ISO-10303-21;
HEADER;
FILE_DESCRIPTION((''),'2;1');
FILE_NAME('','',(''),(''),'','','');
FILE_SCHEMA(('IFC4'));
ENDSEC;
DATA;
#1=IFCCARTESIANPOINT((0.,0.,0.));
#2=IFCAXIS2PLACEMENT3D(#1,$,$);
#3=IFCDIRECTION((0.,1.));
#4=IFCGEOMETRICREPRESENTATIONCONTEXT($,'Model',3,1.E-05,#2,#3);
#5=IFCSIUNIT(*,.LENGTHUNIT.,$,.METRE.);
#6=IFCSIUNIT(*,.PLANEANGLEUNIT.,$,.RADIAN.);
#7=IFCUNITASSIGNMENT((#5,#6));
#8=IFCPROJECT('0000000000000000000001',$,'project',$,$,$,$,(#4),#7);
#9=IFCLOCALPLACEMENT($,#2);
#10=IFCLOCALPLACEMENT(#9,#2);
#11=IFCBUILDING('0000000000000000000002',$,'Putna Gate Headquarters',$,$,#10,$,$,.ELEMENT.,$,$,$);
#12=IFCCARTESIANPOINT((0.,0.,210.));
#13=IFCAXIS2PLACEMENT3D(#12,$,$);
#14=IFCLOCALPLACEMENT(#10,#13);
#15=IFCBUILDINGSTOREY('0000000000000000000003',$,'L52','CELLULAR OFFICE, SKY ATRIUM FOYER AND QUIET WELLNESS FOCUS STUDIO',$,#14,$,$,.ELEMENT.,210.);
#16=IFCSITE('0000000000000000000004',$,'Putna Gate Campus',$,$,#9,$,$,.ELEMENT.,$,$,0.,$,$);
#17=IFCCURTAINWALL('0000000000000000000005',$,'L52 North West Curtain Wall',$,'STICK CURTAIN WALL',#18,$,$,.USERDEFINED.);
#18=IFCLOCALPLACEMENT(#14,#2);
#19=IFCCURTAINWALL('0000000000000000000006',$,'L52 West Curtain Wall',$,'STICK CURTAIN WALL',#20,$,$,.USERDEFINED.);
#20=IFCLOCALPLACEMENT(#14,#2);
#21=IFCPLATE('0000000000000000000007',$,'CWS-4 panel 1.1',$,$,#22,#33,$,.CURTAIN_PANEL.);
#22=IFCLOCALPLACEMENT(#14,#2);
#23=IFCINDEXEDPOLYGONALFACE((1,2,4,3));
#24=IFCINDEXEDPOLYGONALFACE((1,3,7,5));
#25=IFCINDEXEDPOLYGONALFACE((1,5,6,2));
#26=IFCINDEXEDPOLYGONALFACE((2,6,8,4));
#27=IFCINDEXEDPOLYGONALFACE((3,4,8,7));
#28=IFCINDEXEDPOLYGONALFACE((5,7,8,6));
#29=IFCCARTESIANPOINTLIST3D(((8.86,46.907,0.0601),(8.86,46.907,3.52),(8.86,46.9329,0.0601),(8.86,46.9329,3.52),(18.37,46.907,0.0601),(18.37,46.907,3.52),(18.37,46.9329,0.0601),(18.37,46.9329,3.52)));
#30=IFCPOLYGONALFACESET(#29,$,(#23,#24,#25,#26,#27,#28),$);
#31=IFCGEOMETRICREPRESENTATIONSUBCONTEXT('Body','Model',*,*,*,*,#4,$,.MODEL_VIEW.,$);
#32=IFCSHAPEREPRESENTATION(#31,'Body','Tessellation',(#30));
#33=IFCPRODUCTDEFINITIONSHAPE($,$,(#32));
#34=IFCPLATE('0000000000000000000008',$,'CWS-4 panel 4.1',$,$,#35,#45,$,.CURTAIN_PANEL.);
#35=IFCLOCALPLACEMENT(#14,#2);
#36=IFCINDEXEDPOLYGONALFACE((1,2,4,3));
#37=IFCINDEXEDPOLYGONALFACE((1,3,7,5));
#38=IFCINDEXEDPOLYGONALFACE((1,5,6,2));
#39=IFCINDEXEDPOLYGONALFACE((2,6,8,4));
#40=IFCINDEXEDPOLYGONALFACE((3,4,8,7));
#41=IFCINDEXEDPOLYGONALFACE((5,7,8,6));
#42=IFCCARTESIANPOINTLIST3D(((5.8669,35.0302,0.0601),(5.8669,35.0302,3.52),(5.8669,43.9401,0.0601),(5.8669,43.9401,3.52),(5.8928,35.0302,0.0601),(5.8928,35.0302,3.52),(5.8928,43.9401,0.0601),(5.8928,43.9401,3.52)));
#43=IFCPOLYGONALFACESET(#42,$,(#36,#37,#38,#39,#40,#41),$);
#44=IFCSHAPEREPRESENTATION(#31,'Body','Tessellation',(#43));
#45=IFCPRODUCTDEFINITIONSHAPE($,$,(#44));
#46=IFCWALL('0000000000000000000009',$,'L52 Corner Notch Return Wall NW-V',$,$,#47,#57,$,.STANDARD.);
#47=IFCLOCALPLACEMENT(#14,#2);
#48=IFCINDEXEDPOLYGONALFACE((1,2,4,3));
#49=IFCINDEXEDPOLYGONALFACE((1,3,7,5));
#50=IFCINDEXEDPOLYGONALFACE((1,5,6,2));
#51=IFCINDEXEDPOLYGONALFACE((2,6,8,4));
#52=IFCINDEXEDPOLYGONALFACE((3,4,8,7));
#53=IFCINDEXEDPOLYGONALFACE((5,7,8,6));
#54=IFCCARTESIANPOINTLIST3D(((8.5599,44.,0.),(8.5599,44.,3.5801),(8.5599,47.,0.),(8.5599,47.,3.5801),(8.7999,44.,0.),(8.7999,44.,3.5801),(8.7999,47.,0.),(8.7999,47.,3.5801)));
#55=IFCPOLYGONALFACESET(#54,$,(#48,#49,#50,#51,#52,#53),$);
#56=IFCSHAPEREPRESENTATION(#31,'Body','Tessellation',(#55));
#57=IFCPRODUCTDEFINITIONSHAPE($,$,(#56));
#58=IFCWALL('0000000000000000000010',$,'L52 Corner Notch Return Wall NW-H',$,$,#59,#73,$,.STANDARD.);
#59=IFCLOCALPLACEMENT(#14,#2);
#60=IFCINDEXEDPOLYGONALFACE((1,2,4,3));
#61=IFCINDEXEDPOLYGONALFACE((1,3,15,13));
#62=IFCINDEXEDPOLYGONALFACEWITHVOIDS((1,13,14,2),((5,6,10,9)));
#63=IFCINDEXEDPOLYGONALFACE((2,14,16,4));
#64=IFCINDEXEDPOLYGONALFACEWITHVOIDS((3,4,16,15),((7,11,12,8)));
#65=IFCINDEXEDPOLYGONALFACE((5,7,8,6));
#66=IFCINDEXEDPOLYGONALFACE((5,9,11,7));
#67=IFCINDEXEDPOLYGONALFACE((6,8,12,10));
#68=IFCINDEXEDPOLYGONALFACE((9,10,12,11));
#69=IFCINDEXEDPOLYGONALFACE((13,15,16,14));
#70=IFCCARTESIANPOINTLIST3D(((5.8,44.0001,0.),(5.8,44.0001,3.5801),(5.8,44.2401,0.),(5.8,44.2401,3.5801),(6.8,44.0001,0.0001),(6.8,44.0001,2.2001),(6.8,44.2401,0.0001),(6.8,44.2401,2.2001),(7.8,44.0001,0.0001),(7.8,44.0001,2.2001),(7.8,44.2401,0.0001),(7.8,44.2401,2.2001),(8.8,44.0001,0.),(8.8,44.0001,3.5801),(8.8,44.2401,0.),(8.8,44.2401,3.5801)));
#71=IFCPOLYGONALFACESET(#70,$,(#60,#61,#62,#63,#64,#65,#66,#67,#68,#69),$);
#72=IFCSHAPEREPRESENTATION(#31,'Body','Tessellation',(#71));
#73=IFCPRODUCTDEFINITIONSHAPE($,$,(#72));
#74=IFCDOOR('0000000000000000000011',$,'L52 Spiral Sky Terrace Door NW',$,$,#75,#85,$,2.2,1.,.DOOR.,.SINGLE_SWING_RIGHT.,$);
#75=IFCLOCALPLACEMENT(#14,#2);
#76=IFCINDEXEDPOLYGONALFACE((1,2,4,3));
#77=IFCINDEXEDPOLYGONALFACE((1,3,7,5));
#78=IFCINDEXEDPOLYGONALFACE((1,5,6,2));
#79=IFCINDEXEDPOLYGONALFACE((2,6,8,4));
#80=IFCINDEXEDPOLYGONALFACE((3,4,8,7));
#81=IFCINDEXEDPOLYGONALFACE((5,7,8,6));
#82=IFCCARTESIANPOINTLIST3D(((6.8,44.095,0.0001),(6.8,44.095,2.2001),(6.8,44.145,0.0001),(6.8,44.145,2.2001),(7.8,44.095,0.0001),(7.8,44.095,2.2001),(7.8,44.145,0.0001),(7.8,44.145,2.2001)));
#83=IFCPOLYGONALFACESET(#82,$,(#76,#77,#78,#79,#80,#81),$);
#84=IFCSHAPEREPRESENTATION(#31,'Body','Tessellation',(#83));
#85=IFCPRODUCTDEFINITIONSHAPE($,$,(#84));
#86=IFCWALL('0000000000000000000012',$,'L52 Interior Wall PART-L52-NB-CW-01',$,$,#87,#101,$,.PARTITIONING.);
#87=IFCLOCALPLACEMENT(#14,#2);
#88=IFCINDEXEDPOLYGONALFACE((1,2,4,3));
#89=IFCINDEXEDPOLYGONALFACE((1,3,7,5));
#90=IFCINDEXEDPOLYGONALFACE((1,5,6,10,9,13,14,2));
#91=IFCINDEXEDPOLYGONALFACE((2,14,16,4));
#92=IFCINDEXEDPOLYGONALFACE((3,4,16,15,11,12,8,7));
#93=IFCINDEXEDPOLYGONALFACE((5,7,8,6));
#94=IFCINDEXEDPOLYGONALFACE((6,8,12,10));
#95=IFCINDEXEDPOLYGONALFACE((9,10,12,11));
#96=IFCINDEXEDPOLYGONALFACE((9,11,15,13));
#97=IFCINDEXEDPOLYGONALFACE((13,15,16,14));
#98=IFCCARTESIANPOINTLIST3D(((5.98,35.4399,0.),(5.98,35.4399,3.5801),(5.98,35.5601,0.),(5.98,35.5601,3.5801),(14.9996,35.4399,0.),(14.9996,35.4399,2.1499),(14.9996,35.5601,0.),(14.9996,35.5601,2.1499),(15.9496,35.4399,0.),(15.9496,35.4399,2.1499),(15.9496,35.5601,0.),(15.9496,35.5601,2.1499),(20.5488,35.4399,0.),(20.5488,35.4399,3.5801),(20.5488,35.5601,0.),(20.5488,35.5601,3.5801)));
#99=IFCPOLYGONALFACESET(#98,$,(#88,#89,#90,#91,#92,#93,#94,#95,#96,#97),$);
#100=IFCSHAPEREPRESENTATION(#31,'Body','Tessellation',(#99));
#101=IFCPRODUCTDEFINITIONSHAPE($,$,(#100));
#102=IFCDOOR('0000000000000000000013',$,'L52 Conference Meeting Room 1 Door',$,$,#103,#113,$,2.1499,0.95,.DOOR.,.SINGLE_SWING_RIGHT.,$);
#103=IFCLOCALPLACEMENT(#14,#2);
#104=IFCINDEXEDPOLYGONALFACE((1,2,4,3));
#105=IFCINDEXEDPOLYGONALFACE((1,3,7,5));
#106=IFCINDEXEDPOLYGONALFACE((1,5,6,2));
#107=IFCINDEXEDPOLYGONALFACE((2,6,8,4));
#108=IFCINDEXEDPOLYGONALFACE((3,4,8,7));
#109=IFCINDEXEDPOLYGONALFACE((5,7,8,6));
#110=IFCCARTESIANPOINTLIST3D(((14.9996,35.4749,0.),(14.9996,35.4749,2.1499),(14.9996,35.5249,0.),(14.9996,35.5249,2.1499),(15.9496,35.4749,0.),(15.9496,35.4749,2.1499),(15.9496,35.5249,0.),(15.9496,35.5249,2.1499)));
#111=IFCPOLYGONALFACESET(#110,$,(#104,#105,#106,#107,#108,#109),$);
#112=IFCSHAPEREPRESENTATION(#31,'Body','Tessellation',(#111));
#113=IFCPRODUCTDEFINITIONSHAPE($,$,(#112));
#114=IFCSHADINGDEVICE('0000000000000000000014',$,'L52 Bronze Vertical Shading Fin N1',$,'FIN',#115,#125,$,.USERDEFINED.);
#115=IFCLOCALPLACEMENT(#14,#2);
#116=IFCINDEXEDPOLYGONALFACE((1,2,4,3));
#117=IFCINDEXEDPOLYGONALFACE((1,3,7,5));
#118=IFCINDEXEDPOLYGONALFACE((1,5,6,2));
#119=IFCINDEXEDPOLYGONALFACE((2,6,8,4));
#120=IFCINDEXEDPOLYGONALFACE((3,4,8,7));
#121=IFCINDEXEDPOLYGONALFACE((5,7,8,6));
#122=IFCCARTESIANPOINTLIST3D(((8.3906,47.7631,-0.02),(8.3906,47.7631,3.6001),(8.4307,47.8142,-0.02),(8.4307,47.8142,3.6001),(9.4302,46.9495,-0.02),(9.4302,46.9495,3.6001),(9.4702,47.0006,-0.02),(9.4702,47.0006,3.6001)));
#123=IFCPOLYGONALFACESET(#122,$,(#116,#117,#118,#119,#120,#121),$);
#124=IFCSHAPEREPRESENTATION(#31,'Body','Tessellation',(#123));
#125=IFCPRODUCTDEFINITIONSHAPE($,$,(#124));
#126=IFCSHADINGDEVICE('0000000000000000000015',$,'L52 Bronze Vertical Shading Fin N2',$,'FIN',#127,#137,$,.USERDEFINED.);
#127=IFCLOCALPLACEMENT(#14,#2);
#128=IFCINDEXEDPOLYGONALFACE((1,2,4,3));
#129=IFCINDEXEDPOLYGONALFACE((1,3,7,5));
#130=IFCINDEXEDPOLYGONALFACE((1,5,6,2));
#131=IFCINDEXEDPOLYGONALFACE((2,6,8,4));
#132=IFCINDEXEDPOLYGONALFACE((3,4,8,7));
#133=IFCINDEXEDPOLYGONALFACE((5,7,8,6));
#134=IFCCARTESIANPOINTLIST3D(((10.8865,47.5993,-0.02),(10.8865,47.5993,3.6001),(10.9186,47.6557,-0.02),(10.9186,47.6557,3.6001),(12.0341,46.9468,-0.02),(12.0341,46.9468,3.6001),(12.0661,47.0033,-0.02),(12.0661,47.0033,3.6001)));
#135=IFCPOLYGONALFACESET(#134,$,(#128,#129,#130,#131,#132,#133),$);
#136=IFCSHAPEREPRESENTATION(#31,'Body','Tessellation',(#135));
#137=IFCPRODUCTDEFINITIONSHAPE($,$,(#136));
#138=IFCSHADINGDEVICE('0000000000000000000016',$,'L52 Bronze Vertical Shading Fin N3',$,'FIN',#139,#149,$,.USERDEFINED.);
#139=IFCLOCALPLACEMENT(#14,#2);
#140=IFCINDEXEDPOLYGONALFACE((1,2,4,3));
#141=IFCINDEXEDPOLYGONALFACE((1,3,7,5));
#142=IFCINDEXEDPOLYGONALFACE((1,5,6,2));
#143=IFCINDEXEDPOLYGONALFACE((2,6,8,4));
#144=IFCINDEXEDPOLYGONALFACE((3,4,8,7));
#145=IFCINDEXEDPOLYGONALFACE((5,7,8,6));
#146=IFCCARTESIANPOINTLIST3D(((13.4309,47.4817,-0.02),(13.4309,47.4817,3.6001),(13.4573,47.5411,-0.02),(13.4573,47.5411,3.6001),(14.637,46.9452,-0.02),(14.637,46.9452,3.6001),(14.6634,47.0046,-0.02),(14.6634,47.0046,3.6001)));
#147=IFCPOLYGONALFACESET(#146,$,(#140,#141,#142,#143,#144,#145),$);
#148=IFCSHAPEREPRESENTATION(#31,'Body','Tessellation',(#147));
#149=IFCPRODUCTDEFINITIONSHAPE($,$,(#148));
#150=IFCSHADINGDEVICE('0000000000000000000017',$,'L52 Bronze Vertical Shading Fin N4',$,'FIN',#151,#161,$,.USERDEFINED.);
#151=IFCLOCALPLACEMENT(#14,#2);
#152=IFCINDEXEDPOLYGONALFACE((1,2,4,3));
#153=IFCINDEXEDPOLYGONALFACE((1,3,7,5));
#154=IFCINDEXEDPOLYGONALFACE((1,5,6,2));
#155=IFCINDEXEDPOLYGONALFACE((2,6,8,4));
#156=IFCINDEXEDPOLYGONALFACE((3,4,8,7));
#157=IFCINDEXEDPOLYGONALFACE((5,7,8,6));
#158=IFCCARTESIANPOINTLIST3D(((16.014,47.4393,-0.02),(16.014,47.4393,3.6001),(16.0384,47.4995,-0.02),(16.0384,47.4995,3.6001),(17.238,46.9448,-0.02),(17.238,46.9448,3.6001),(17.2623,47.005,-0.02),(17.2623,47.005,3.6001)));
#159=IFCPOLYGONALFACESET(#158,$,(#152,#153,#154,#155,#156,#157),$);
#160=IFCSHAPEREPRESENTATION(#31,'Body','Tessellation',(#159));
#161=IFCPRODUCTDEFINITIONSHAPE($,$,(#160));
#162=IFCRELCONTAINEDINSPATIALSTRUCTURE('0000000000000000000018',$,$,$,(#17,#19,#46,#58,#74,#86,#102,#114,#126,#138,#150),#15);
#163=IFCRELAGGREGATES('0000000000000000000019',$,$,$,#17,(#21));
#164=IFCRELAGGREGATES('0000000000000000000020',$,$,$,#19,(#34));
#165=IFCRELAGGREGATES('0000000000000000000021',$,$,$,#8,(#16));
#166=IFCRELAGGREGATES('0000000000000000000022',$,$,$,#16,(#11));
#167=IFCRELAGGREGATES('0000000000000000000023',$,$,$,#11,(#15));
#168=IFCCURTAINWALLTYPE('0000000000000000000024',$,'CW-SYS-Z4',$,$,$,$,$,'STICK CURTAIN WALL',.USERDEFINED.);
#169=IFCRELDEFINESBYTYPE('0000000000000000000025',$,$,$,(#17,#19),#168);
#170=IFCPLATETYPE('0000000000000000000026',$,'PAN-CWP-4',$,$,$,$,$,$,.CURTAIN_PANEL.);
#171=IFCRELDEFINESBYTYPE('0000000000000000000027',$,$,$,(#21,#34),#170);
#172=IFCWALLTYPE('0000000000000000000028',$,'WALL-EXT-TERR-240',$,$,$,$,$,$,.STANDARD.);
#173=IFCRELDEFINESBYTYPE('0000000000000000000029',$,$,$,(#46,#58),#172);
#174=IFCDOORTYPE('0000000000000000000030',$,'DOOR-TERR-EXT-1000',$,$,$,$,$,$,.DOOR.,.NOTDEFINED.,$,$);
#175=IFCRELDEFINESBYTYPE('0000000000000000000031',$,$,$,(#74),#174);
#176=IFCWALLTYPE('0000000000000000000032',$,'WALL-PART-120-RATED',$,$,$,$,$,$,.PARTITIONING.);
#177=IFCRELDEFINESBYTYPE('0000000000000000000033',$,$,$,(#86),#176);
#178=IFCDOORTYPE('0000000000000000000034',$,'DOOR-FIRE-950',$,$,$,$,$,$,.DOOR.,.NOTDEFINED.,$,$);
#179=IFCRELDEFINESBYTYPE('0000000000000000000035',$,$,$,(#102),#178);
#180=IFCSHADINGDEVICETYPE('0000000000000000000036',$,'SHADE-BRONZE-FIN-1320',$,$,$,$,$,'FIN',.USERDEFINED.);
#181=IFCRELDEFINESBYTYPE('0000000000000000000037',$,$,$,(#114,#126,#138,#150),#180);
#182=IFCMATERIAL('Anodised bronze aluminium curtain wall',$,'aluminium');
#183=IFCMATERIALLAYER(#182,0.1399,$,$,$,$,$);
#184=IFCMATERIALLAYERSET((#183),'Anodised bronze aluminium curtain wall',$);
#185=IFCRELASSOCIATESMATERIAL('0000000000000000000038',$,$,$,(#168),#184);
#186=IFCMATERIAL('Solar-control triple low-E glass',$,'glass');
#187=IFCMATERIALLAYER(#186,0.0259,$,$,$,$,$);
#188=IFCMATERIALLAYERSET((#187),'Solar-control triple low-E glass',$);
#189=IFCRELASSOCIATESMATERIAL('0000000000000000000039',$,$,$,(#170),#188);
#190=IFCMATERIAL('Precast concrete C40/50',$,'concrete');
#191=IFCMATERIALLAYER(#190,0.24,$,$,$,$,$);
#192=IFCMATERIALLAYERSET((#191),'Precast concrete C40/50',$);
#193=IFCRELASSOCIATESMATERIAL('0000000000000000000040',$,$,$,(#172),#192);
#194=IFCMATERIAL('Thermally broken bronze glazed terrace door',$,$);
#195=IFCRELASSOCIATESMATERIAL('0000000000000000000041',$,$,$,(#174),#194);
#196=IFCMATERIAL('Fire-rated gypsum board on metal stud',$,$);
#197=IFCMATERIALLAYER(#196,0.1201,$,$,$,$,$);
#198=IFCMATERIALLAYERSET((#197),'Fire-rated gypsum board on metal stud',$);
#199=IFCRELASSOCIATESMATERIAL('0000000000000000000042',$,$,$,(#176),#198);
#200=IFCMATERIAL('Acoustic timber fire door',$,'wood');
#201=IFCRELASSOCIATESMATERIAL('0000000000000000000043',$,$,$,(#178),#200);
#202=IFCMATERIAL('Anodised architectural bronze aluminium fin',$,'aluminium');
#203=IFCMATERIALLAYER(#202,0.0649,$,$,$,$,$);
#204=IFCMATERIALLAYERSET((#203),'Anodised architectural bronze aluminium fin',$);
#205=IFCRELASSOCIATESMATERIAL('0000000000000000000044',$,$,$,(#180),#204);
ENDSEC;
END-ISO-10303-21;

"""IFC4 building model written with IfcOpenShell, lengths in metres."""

from ifc_helpers import new_model, si_unit, direction, frame, frame_2d, origin, origin_2d, place, context, subcontext, project, spatial, rectangle, extrude, material, layer, layer_set, type_object, element, fill, aggregate, save


model = new_model("IFC4")

# Units and contexts
model_context = context("Model", 3, precision=1e-05, world=origin(), true_north=direction((0.0, 1.0)))
body_context = subcontext(model_context, "Body", "Model", "MODEL_VIEW")
ifc_project = project(units=[si_unit("LENGTHUNIT", "METRE"), si_unit("PLANEANGLEUNIT", "RADIAN")], contexts=[model_context])

# Site, building, storey
site_placement = place(None, origin())
site = spatial("IfcSite", under=ifc_project, at=site_placement, Name="Putna Gate Campus", CompositionType="ELEMENT", RefElevation=0.0)
building_placement = place(site_placement, origin())
building = spatial("IfcBuilding", under=site, at=building_placement, Name="Putna Gate Headquarters", CompositionType="ELEMENT")
storey_placement = place(building_placement, frame((0.0, 0.0, 210.0)))
storey = spatial("IfcBuildingStorey", under=building, at=storey_placement, Name="L52", Description="CELLULAR OFFICE, SKY ATRIUM FOYER AND QUIET WELLNESS FOCUS STUDIO", CompositionType="ELEMENT", Elevation=210.0)

# Curtain wall
ifc_material_1 = material(Name="Anodised bronze aluminium curtain wall", Category="aluminium")
ifc_layer_1 = layer(ifc_material_1, 0.1399)
ifc_layer_set_1 = layer_set([ifc_layer_1], Name="Anodised bronze aluminium curtain wall")
curtain_wall_type = type_object("IfcCurtainWallType", Name="CW-SYS-Z4", ElementType="STICK CURTAIN WALL", PredefinedType="USERDEFINED", material=ifc_layer_set_1)
curtain_wall_1_placement = place(storey_placement, origin())
curtain_wall_1 = element("IfcCurtainWall", 1, at=curtain_wall_1_placement, inside=storey, type_object=curtain_wall_type, Name="L52 North West Curtain Wall", ObjectType="STICK CURTAIN WALL", PredefinedType="USERDEFINED")

# Curtain wall
curtain_wall_2_placement = place(storey_placement, origin())
curtain_wall_2 = element("IfcCurtainWall", 2, at=curtain_wall_2_placement, inside=storey, type_object=curtain_wall_type, Name="L52 West Curtain Wall", ObjectType="STICK CURTAIN WALL", PredefinedType="USERDEFINED")

# Plates
ifc_material_2 = material(Name="Solar-control triple low-E glass", Category="glass")
ifc_layer_2 = layer(ifc_material_2, 0.0259)
ifc_layer_set_2 = layer_set([ifc_layer_2], Name="Solar-control triple low-E glass")
plate_type = type_object("IfcPlateType", Name="PAN-CWP-4", PredefinedType="CURTAIN_PANEL", material=ifc_layer_set_2)
plate_1_placement = place(storey_placement, frame((13.615, 46.9199, 0.0601), z_axis=(0.0, 0.0, 1.0), x_axis=(1.0, 0.0, 0.0)))
plate_1 = element("IfcPlate", 3, at=plate_1_placement, type_object=plate_type, Name="CWS-4 panel 1.1", PredefinedType="CURTAIN_PANEL", context=body_context, shape_type="SweptSolid", body=[
    extrude(rectangle(XDim=9.51, YDim=0.0259, at=origin_2d()), origin(), (0.0, 0.0, 1.0), 3.46),
])
aggregate(curtain_wall_1, [plate_1])
plate_2_placement = place(storey_placement, frame((5.8799, 39.4851, 0.0601), z_axis=(0.0, 0.0, 1.0), x_axis=(0.0, 1.0, 0.0)))
plate_2 = element("IfcPlate", 4, at=plate_2_placement, type_object=plate_type, Name="CWS-4 panel 4.1", PredefinedType="CURTAIN_PANEL", context=body_context, shape_type="SweptSolid", body=[
    extrude(rectangle(XDim=8.9099, YDim=0.0259, at=origin_2d()), origin(), (0.0, 0.0, 1.0), 3.46),
])
aggregate(curtain_wall_2, [plate_2])

# Wall
ifc_material_3 = material(Name="Precast concrete C40/50", Category="concrete")
ifc_layer_3 = layer(ifc_material_3, 0.24)
ifc_layer_set_3 = layer_set([ifc_layer_3], Name="Precast concrete C40/50")
wall_type_1 = type_object("IfcWallType", Name="WALL-EXT-TERR-240", PredefinedType="STANDARD", material=ifc_layer_set_3)
wall_1_placement = place(storey_placement, frame((8.6799, 44.0, 0.0), z_axis=(0.0, 0.0, 1.0), x_axis=(0.0, 1.0, 0.0)))
element("IfcWall", 5, at=wall_1_placement, inside=storey, type_object=wall_type_1, Name="L52 Corner Notch Return Wall NW-V", PredefinedType="STANDARD", context=body_context, shape_type="SweptSolid", body=[
    extrude(rectangle(XDim=3.0, YDim=0.24, at=frame_2d((1.5, 0.0))), origin(), (0.0, 0.0, 1.0), 3.5801),
])

# Walls, openings, doors
wall_2_placement = place(storey_placement, frame((5.8, 44.1201, 0.0), z_axis=(0.0, 0.0, 1.0), x_axis=(1.0, 0.0, 0.0)))
wall_2 = element("IfcWall", 6, at=wall_2_placement, inside=storey, type_object=wall_type_1, Name="L52 Corner Notch Return Wall NW-H", PredefinedType="STANDARD", context=body_context, shape_type="SweptSolid", body=[
    extrude(rectangle(XDim=3.0, YDim=0.24, at=frame_2d((1.5, 0.0))), origin(), (0.0, 0.0, 1.0), 3.5801),
])
opening_1_placement = place(wall_2_placement, frame((1.0, 0.0, 0.0)))
opening_1 = element("IfcOpeningElement", 7, at=opening_1_placement, cuts=wall_2, PredefinedType="OPENING", context=body_context, shape_type="SweptSolid", body=[
    extrude(rectangle(XDim=1.0, YDim=2.2, at=frame_2d((0.5, 1.1001))), frame((0.0, 0.1299, 0.0), z_axis=(0.0, -1.0, 0.0), x_axis=(1.0, 0.0, 0.0)), (0.0, 0.0, 1.0), 0.26),
])
ifc_material_4 = material(Name="Thermally broken bronze glazed terrace door")
door_type_1 = type_object("IfcDoorType", Name="DOOR-TERR-EXT-1000", OperationType="NOTDEFINED", PredefinedType="DOOR", material=ifc_material_4)
door_1_placement = place(opening_1_placement, origin())
door_1 = element("IfcDoor", 8, at=door_1_placement, inside=storey, type_object=door_type_1, Name="L52 Spiral Sky Terrace Door NW", OperationType="SINGLE_SWING_RIGHT", OverallHeight=2.2, OverallWidth=1.0, PredefinedType="DOOR", context=body_context, shape_type="SweptSolid", body=[
    extrude(rectangle(XDim=1.0, YDim=2.2, at=frame_2d((0.5, 1.1001))), frame((0.0, 0.0249, 0.0), z_axis=(0.0, -1.0, 0.0), x_axis=(1.0, 0.0, 0.0)), (0.0, 0.0, 1.0), 0.05),
])
fill(opening_1, door_1)
ifc_material_5 = material(Name="Fire-rated gypsum board on metal stud")
ifc_layer_4 = layer(ifc_material_5, 0.1201)
ifc_layer_set_4 = layer_set([ifc_layer_4], Name="Fire-rated gypsum board on metal stud")
wall_type_2 = type_object("IfcWallType", Name="WALL-PART-120-RATED", PredefinedType="PARTITIONING", material=ifc_layer_set_4)
wall_3_placement = place(storey_placement, frame((5.98, 35.5, 0.0), z_axis=(0.0, 0.0, 1.0), x_axis=(1.0, 0.0, 0.0)))
wall_3 = element("IfcWall", 9, at=wall_3_placement, inside=storey, type_object=wall_type_2, Name="L52 Interior Wall PART-L52-NB-CW-01", PredefinedType="PARTITIONING", context=body_context, shape_type="SweptSolid", body=[
    extrude(rectangle(XDim=14.5688, YDim=0.1201, at=frame_2d((7.2844, 0.0))), origin(), (0.0, 0.0, 1.0), 3.5801),
])
opening_2_placement = place(wall_3_placement, frame((9.0195, 0.0, 0.0)))
opening_2 = element("IfcOpeningElement", 10, at=opening_2_placement, cuts=wall_3, PredefinedType="OPENING", context=body_context, shape_type="SweptSolid", body=[
    extrude(rectangle(XDim=0.95, YDim=2.1499, at=frame_2d((0.4751, 1.075))), frame((0.0, 0.0701, 0.0), z_axis=(0.0, -1.0, 0.0), x_axis=(1.0, 0.0, 0.0)), (0.0, 0.0, 1.0), 0.1401),
])
ifc_material_6 = material(Name="Acoustic timber fire door", Category="wood")
door_type_2 = type_object("IfcDoorType", Name="DOOR-FIRE-950", OperationType="NOTDEFINED", PredefinedType="DOOR", material=ifc_material_6)
door_2_placement = place(opening_2_placement, origin())
door_2 = element("IfcDoor", 11, at=door_2_placement, inside=storey, type_object=door_type_2, Name="L52 Conference Meeting Room 1 Door", OperationType="SINGLE_SWING_RIGHT", OverallHeight=2.1499, OverallWidth=0.95, PredefinedType="DOOR", context=body_context, shape_type="SweptSolid", body=[
    extrude(rectangle(XDim=0.95, YDim=2.1499, at=frame_2d((0.4751, 1.075))), frame((0.0, 0.0249, 0.0), z_axis=(0.0, -1.0, 0.0), x_axis=(1.0, 0.0, 0.0)), (0.0, 0.0, 1.0), 0.05),
])
fill(opening_2, door_2)

# Shading devices
ifc_material_7 = material(Name="Anodised architectural bronze aluminium fin", Category="aluminium")
ifc_layer_5 = layer(ifc_material_7, 0.0649)
ifc_layer_set_5 = layer_set([ifc_layer_5], Name="Anodised architectural bronze aluminium fin")
shading_device_type = type_object("IfcShadingDeviceType", Name="SHADE-BRONZE-FIN-1320", ElementType="FIN", PredefinedType="USERDEFINED", material=ifc_layer_set_5)
for number, where, z_axis, x_axis, name in (
    (12, (8.9304, 47.3818, -0.02), (0.0, 0.0, 1.0), (-0.787473, 0.616349, 0.0), "L52 Bronze Vertical Shading Fin N1"),
    (13, (11.4763, 47.3013, -0.02), (0.0, 0.0, 1.0), (-0.869322, 0.494245, 0.0), "L52 Bronze Vertical Shading Fin N2"),
    (14, (14.0471, 47.2432, -0.02), (0.0, 0.0, 1.0), (-0.913687, 0.406418, 0.0), "L52 Bronze Vertical Shading Fin N3"),
    (15, (16.6382, 47.2222, -0.02), (0.0, 0.0, 1.0), (-0.927184, 0.374607, 0.0), "L52 Bronze Vertical Shading Fin N4"),
):
    element("IfcShadingDevice", number, at=place(storey_placement, frame(where, z_axis=z_axis, x_axis=x_axis)), inside=storey, type_object=shading_device_type, Name=name, ObjectType="FIN", PredefinedType="USERDEFINED", context=body_context, shape_type="SweptSolid", body=[
        extrude(rectangle(XDim=1.3201, YDim=0.0649, at=origin_2d()), origin(), (0.0, 0.0, 1.0), 3.6201),
    ])

save(model, "model.ifc")
